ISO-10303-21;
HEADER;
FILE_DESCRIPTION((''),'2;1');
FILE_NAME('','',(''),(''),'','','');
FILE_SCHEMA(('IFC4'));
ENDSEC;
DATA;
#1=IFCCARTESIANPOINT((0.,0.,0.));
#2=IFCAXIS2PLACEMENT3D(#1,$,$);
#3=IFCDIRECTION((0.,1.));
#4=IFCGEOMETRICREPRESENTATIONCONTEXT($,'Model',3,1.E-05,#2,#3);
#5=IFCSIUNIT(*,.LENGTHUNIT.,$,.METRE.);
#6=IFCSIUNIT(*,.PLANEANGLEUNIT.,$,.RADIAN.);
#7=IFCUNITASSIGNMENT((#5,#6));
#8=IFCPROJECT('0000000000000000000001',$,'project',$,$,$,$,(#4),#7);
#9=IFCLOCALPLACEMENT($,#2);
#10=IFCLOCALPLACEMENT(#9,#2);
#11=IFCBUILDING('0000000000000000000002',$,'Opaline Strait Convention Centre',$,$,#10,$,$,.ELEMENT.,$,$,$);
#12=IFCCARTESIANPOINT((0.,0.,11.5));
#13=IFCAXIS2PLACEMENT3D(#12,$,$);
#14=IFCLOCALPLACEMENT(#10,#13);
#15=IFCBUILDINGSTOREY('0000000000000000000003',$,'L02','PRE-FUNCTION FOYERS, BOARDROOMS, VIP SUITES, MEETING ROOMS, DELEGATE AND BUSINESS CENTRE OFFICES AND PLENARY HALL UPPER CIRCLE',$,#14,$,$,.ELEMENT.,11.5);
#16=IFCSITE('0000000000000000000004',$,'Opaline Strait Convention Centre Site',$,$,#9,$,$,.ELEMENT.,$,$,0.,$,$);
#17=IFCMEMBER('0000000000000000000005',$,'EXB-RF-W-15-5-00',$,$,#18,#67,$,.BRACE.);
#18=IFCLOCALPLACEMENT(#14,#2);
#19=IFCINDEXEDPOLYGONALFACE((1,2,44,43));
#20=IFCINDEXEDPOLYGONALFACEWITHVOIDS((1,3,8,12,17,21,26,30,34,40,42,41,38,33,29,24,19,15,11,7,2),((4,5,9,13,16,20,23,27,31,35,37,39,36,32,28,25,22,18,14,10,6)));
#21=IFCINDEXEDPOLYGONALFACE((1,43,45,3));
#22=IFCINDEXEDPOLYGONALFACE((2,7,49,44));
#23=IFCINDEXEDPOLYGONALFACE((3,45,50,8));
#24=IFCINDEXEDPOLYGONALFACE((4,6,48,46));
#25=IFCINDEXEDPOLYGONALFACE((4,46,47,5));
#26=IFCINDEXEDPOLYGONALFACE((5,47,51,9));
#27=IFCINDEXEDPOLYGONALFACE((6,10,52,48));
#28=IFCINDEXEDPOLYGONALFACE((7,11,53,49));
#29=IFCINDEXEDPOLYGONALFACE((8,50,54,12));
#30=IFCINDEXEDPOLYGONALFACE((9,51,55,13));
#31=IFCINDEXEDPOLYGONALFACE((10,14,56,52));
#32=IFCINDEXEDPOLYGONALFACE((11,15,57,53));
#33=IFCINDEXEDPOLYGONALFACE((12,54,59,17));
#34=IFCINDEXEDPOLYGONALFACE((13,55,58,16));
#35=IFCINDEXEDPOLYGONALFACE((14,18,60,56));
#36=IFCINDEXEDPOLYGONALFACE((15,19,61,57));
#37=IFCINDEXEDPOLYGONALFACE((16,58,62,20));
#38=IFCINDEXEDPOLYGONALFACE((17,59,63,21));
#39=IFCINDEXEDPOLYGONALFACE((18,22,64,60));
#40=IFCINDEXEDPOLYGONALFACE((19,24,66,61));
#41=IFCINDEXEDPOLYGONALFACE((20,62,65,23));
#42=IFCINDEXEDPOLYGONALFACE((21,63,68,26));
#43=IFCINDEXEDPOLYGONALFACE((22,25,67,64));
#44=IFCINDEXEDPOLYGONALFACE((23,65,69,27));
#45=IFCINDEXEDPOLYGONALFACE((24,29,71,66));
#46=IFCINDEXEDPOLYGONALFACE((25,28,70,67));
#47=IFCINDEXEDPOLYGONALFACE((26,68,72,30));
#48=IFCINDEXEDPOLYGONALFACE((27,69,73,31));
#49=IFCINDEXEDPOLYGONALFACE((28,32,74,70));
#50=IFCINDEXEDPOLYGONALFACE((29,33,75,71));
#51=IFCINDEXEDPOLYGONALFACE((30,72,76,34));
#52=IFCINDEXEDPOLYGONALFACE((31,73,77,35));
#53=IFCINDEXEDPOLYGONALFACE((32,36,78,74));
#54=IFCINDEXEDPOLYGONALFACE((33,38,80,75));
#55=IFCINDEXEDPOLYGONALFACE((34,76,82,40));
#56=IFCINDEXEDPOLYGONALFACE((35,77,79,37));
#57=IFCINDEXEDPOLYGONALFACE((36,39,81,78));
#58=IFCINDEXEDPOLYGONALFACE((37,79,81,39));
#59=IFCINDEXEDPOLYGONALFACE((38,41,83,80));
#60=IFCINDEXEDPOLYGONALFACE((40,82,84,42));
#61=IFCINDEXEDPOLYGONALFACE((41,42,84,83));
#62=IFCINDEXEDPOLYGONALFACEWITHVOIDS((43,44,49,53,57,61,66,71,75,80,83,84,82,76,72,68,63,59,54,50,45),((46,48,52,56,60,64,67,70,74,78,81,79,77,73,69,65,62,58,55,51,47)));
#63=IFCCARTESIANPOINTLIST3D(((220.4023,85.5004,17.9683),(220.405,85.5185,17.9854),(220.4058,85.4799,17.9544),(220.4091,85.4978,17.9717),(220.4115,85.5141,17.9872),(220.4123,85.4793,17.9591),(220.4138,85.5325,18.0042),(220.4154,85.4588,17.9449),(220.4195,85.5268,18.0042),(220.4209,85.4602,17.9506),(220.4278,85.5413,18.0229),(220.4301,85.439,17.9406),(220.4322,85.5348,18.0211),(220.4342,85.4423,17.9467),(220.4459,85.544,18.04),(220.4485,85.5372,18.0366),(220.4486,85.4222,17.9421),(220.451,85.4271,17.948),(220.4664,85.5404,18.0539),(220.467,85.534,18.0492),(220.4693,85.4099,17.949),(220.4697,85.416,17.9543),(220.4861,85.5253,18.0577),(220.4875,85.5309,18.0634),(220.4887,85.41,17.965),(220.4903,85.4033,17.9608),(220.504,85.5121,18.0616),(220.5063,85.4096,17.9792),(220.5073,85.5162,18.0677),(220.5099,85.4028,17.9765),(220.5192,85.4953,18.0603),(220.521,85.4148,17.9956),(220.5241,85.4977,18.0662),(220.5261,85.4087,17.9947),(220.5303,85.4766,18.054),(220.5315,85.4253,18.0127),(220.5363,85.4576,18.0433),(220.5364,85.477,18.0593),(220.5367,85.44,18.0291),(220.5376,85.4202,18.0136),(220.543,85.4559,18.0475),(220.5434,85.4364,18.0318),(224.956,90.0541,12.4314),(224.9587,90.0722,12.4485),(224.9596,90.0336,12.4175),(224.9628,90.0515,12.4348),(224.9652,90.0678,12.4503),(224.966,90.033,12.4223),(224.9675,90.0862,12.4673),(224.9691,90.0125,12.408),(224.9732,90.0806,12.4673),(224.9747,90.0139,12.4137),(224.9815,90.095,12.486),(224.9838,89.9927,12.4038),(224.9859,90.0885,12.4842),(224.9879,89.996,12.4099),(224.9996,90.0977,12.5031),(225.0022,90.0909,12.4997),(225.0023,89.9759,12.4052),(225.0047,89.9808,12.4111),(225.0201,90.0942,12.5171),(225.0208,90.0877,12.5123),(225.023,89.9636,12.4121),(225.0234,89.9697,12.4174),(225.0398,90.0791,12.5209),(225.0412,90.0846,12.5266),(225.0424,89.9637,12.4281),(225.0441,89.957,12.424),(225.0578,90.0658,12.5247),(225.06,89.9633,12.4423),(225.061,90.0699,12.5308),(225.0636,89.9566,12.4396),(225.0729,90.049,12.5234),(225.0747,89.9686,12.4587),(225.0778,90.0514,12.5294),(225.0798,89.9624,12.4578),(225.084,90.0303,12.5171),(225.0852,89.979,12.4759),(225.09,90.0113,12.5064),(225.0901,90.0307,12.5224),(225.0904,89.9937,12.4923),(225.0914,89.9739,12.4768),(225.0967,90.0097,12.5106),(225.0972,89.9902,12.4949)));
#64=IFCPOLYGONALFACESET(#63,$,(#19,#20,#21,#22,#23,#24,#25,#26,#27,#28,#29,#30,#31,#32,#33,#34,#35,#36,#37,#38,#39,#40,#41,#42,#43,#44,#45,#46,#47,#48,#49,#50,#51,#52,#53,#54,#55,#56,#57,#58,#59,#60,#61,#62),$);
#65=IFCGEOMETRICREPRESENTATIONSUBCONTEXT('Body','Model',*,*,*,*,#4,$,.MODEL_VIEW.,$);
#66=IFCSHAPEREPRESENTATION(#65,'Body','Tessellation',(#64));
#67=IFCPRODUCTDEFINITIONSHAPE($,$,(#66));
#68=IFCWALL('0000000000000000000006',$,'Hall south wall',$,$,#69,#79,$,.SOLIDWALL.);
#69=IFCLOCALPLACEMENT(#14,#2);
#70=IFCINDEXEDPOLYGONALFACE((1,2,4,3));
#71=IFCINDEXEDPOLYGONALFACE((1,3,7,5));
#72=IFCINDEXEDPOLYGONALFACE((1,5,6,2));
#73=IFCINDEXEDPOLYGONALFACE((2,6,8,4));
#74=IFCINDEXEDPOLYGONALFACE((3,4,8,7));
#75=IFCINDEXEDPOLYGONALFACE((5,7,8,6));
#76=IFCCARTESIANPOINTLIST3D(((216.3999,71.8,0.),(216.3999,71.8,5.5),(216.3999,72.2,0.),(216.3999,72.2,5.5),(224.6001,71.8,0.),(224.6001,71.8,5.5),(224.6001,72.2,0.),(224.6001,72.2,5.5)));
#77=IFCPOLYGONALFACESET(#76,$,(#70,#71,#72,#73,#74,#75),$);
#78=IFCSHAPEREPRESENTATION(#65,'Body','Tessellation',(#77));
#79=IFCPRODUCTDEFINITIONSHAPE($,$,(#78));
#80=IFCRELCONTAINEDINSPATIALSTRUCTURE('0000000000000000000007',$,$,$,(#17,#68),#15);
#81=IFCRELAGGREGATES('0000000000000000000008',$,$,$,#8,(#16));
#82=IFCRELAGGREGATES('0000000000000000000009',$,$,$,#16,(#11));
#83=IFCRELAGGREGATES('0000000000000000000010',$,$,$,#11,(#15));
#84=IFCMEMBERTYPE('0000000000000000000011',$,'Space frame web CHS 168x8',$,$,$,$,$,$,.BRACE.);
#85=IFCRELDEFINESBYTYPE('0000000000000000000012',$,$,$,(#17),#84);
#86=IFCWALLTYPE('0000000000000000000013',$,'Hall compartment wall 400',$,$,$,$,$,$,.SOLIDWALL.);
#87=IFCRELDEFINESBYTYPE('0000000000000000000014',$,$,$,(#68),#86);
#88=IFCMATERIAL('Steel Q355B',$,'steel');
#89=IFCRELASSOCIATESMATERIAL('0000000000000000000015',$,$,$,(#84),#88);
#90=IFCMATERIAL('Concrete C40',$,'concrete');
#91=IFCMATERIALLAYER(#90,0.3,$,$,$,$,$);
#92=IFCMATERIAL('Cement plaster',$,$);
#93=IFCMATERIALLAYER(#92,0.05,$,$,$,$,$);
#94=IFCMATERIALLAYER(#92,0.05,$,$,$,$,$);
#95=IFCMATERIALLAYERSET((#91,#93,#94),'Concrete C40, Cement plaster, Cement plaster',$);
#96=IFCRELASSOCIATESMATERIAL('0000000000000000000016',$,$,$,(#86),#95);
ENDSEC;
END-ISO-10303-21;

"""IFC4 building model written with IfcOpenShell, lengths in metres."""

from ifc_helpers import new_model, si_unit, direction, frame, frame_2d, origin, origin_2d, place, context, subcontext, project, spatial, rectangle, hollow_circle, extrude, material, layer, layer_set, material_profile, profile_set, type_object, element, save


model = new_model("IFC4")

# Units and contexts
model_context = context("Model", 3, precision=1e-05, world=origin(), true_north=direction((0.0, 1.0)))
body_context = subcontext(model_context, "Body", "Model", "MODEL_VIEW")
ifc_project = project(units=[si_unit("LENGTHUNIT", "METRE"), si_unit("PLANEANGLEUNIT", "RADIAN")], contexts=[model_context])

# Site, building, storey
site_placement = place(None, origin())
site = spatial("IfcSite", under=ifc_project, at=site_placement, Name="Opaline Strait Convention Centre Site", CompositionType="ELEMENT", RefElevation=0.0)
building_placement = place(site_placement, origin())
building = spatial("IfcBuilding", under=site, at=building_placement, Name="Opaline Strait Convention Centre", CompositionType="ELEMENT")
storey_placement = place(building_placement, frame((0.0, 0.0, 11.5)))
storey = spatial("IfcBuildingStorey", under=building, at=storey_placement, Name="L02", Description="PRE-FUNCTION FOYERS, BOARDROOMS, VIP SUITES, MEETING ROOMS, DELEGATE AND BUSINESS CENTRE OFFICES AND PLENARY HALL UPPER CIRCLE", CompositionType="ELEMENT", Elevation=11.5)

# Member
ifc_material_1 = material(Name="Steel Q355B", Category="steel")
ifc_material_profile_1 = material_profile(ifc_material_1, hollow_circle(Radius=0.084, WallThickness=0.0081, at=origin_2d()), Name="CHS 168x8")
ifc_profile_set_1 = profile_set([ifc_material_profile_1], Name="Steel Q355B")
member_type_1 = type_object("IfcMemberType", Name="Space frame web CHS 168x8", PredefinedType="BRACE", material=ifc_profile_set_1)
for number, where, z_axis, x_axis, name in (
    (1, (220.4731, 85.4731, 18.0042), (0.536178, 0.536178, -0.65194), (-0.707107, 0.707107, 0.0), "EXB-RF-W-15-5-00"),
):
    element("IfcMember", number, at=place(storey_placement, frame(where, z_axis=z_axis, x_axis=x_axis)), inside=storey, type_object=member_type_1, Name=name, PredefinedType="BRACE", context=body_context, shape_type="SweptSolid", body=[
        extrude(hollow_circle(Radius=0.084, WallThickness=0.0081, at=origin_2d()), origin(), (0.0, 0.0, 1.0), 8.4929),
    ])

# Wall
ifc_material_2 = material(Name="Concrete C40", Category="concrete")
ifc_layer_1 = layer(ifc_material_2, 0.3)
ifc_material_3 = material(Name="Cement plaster")
ifc_layer_2 = layer(ifc_material_3, 0.05)
ifc_layer_3 = layer(ifc_material_3, 0.05)
ifc_layer_set = layer_set([ifc_layer_1, ifc_layer_2, ifc_layer_3], Name="Concrete C40, Cement plaster, Cement plaster")
wall_type = type_object("IfcWallType", Name="Hall compartment wall 400", PredefinedType="SOLIDWALL", material=ifc_layer_set)
wall_placement = place(storey_placement, frame((216.3999, 72.0, 0.0), z_axis=(0.0, 0.0, 1.0), x_axis=(1.0, 0.0, 0.0)))
element("IfcWall", 2, at=wall_placement, inside=storey, type_object=wall_type, Name="Hall south wall", PredefinedType="SOLIDWALL", context=body_context, shape_type="SweptSolid", body=[
    extrude(rectangle(XDim=8.2002, YDim=0.3999, at=frame_2d((4.1001, 0.0))), origin(), (0.0, 0.0, 1.0), 5.5),
])

save(model, "model.ifc")
